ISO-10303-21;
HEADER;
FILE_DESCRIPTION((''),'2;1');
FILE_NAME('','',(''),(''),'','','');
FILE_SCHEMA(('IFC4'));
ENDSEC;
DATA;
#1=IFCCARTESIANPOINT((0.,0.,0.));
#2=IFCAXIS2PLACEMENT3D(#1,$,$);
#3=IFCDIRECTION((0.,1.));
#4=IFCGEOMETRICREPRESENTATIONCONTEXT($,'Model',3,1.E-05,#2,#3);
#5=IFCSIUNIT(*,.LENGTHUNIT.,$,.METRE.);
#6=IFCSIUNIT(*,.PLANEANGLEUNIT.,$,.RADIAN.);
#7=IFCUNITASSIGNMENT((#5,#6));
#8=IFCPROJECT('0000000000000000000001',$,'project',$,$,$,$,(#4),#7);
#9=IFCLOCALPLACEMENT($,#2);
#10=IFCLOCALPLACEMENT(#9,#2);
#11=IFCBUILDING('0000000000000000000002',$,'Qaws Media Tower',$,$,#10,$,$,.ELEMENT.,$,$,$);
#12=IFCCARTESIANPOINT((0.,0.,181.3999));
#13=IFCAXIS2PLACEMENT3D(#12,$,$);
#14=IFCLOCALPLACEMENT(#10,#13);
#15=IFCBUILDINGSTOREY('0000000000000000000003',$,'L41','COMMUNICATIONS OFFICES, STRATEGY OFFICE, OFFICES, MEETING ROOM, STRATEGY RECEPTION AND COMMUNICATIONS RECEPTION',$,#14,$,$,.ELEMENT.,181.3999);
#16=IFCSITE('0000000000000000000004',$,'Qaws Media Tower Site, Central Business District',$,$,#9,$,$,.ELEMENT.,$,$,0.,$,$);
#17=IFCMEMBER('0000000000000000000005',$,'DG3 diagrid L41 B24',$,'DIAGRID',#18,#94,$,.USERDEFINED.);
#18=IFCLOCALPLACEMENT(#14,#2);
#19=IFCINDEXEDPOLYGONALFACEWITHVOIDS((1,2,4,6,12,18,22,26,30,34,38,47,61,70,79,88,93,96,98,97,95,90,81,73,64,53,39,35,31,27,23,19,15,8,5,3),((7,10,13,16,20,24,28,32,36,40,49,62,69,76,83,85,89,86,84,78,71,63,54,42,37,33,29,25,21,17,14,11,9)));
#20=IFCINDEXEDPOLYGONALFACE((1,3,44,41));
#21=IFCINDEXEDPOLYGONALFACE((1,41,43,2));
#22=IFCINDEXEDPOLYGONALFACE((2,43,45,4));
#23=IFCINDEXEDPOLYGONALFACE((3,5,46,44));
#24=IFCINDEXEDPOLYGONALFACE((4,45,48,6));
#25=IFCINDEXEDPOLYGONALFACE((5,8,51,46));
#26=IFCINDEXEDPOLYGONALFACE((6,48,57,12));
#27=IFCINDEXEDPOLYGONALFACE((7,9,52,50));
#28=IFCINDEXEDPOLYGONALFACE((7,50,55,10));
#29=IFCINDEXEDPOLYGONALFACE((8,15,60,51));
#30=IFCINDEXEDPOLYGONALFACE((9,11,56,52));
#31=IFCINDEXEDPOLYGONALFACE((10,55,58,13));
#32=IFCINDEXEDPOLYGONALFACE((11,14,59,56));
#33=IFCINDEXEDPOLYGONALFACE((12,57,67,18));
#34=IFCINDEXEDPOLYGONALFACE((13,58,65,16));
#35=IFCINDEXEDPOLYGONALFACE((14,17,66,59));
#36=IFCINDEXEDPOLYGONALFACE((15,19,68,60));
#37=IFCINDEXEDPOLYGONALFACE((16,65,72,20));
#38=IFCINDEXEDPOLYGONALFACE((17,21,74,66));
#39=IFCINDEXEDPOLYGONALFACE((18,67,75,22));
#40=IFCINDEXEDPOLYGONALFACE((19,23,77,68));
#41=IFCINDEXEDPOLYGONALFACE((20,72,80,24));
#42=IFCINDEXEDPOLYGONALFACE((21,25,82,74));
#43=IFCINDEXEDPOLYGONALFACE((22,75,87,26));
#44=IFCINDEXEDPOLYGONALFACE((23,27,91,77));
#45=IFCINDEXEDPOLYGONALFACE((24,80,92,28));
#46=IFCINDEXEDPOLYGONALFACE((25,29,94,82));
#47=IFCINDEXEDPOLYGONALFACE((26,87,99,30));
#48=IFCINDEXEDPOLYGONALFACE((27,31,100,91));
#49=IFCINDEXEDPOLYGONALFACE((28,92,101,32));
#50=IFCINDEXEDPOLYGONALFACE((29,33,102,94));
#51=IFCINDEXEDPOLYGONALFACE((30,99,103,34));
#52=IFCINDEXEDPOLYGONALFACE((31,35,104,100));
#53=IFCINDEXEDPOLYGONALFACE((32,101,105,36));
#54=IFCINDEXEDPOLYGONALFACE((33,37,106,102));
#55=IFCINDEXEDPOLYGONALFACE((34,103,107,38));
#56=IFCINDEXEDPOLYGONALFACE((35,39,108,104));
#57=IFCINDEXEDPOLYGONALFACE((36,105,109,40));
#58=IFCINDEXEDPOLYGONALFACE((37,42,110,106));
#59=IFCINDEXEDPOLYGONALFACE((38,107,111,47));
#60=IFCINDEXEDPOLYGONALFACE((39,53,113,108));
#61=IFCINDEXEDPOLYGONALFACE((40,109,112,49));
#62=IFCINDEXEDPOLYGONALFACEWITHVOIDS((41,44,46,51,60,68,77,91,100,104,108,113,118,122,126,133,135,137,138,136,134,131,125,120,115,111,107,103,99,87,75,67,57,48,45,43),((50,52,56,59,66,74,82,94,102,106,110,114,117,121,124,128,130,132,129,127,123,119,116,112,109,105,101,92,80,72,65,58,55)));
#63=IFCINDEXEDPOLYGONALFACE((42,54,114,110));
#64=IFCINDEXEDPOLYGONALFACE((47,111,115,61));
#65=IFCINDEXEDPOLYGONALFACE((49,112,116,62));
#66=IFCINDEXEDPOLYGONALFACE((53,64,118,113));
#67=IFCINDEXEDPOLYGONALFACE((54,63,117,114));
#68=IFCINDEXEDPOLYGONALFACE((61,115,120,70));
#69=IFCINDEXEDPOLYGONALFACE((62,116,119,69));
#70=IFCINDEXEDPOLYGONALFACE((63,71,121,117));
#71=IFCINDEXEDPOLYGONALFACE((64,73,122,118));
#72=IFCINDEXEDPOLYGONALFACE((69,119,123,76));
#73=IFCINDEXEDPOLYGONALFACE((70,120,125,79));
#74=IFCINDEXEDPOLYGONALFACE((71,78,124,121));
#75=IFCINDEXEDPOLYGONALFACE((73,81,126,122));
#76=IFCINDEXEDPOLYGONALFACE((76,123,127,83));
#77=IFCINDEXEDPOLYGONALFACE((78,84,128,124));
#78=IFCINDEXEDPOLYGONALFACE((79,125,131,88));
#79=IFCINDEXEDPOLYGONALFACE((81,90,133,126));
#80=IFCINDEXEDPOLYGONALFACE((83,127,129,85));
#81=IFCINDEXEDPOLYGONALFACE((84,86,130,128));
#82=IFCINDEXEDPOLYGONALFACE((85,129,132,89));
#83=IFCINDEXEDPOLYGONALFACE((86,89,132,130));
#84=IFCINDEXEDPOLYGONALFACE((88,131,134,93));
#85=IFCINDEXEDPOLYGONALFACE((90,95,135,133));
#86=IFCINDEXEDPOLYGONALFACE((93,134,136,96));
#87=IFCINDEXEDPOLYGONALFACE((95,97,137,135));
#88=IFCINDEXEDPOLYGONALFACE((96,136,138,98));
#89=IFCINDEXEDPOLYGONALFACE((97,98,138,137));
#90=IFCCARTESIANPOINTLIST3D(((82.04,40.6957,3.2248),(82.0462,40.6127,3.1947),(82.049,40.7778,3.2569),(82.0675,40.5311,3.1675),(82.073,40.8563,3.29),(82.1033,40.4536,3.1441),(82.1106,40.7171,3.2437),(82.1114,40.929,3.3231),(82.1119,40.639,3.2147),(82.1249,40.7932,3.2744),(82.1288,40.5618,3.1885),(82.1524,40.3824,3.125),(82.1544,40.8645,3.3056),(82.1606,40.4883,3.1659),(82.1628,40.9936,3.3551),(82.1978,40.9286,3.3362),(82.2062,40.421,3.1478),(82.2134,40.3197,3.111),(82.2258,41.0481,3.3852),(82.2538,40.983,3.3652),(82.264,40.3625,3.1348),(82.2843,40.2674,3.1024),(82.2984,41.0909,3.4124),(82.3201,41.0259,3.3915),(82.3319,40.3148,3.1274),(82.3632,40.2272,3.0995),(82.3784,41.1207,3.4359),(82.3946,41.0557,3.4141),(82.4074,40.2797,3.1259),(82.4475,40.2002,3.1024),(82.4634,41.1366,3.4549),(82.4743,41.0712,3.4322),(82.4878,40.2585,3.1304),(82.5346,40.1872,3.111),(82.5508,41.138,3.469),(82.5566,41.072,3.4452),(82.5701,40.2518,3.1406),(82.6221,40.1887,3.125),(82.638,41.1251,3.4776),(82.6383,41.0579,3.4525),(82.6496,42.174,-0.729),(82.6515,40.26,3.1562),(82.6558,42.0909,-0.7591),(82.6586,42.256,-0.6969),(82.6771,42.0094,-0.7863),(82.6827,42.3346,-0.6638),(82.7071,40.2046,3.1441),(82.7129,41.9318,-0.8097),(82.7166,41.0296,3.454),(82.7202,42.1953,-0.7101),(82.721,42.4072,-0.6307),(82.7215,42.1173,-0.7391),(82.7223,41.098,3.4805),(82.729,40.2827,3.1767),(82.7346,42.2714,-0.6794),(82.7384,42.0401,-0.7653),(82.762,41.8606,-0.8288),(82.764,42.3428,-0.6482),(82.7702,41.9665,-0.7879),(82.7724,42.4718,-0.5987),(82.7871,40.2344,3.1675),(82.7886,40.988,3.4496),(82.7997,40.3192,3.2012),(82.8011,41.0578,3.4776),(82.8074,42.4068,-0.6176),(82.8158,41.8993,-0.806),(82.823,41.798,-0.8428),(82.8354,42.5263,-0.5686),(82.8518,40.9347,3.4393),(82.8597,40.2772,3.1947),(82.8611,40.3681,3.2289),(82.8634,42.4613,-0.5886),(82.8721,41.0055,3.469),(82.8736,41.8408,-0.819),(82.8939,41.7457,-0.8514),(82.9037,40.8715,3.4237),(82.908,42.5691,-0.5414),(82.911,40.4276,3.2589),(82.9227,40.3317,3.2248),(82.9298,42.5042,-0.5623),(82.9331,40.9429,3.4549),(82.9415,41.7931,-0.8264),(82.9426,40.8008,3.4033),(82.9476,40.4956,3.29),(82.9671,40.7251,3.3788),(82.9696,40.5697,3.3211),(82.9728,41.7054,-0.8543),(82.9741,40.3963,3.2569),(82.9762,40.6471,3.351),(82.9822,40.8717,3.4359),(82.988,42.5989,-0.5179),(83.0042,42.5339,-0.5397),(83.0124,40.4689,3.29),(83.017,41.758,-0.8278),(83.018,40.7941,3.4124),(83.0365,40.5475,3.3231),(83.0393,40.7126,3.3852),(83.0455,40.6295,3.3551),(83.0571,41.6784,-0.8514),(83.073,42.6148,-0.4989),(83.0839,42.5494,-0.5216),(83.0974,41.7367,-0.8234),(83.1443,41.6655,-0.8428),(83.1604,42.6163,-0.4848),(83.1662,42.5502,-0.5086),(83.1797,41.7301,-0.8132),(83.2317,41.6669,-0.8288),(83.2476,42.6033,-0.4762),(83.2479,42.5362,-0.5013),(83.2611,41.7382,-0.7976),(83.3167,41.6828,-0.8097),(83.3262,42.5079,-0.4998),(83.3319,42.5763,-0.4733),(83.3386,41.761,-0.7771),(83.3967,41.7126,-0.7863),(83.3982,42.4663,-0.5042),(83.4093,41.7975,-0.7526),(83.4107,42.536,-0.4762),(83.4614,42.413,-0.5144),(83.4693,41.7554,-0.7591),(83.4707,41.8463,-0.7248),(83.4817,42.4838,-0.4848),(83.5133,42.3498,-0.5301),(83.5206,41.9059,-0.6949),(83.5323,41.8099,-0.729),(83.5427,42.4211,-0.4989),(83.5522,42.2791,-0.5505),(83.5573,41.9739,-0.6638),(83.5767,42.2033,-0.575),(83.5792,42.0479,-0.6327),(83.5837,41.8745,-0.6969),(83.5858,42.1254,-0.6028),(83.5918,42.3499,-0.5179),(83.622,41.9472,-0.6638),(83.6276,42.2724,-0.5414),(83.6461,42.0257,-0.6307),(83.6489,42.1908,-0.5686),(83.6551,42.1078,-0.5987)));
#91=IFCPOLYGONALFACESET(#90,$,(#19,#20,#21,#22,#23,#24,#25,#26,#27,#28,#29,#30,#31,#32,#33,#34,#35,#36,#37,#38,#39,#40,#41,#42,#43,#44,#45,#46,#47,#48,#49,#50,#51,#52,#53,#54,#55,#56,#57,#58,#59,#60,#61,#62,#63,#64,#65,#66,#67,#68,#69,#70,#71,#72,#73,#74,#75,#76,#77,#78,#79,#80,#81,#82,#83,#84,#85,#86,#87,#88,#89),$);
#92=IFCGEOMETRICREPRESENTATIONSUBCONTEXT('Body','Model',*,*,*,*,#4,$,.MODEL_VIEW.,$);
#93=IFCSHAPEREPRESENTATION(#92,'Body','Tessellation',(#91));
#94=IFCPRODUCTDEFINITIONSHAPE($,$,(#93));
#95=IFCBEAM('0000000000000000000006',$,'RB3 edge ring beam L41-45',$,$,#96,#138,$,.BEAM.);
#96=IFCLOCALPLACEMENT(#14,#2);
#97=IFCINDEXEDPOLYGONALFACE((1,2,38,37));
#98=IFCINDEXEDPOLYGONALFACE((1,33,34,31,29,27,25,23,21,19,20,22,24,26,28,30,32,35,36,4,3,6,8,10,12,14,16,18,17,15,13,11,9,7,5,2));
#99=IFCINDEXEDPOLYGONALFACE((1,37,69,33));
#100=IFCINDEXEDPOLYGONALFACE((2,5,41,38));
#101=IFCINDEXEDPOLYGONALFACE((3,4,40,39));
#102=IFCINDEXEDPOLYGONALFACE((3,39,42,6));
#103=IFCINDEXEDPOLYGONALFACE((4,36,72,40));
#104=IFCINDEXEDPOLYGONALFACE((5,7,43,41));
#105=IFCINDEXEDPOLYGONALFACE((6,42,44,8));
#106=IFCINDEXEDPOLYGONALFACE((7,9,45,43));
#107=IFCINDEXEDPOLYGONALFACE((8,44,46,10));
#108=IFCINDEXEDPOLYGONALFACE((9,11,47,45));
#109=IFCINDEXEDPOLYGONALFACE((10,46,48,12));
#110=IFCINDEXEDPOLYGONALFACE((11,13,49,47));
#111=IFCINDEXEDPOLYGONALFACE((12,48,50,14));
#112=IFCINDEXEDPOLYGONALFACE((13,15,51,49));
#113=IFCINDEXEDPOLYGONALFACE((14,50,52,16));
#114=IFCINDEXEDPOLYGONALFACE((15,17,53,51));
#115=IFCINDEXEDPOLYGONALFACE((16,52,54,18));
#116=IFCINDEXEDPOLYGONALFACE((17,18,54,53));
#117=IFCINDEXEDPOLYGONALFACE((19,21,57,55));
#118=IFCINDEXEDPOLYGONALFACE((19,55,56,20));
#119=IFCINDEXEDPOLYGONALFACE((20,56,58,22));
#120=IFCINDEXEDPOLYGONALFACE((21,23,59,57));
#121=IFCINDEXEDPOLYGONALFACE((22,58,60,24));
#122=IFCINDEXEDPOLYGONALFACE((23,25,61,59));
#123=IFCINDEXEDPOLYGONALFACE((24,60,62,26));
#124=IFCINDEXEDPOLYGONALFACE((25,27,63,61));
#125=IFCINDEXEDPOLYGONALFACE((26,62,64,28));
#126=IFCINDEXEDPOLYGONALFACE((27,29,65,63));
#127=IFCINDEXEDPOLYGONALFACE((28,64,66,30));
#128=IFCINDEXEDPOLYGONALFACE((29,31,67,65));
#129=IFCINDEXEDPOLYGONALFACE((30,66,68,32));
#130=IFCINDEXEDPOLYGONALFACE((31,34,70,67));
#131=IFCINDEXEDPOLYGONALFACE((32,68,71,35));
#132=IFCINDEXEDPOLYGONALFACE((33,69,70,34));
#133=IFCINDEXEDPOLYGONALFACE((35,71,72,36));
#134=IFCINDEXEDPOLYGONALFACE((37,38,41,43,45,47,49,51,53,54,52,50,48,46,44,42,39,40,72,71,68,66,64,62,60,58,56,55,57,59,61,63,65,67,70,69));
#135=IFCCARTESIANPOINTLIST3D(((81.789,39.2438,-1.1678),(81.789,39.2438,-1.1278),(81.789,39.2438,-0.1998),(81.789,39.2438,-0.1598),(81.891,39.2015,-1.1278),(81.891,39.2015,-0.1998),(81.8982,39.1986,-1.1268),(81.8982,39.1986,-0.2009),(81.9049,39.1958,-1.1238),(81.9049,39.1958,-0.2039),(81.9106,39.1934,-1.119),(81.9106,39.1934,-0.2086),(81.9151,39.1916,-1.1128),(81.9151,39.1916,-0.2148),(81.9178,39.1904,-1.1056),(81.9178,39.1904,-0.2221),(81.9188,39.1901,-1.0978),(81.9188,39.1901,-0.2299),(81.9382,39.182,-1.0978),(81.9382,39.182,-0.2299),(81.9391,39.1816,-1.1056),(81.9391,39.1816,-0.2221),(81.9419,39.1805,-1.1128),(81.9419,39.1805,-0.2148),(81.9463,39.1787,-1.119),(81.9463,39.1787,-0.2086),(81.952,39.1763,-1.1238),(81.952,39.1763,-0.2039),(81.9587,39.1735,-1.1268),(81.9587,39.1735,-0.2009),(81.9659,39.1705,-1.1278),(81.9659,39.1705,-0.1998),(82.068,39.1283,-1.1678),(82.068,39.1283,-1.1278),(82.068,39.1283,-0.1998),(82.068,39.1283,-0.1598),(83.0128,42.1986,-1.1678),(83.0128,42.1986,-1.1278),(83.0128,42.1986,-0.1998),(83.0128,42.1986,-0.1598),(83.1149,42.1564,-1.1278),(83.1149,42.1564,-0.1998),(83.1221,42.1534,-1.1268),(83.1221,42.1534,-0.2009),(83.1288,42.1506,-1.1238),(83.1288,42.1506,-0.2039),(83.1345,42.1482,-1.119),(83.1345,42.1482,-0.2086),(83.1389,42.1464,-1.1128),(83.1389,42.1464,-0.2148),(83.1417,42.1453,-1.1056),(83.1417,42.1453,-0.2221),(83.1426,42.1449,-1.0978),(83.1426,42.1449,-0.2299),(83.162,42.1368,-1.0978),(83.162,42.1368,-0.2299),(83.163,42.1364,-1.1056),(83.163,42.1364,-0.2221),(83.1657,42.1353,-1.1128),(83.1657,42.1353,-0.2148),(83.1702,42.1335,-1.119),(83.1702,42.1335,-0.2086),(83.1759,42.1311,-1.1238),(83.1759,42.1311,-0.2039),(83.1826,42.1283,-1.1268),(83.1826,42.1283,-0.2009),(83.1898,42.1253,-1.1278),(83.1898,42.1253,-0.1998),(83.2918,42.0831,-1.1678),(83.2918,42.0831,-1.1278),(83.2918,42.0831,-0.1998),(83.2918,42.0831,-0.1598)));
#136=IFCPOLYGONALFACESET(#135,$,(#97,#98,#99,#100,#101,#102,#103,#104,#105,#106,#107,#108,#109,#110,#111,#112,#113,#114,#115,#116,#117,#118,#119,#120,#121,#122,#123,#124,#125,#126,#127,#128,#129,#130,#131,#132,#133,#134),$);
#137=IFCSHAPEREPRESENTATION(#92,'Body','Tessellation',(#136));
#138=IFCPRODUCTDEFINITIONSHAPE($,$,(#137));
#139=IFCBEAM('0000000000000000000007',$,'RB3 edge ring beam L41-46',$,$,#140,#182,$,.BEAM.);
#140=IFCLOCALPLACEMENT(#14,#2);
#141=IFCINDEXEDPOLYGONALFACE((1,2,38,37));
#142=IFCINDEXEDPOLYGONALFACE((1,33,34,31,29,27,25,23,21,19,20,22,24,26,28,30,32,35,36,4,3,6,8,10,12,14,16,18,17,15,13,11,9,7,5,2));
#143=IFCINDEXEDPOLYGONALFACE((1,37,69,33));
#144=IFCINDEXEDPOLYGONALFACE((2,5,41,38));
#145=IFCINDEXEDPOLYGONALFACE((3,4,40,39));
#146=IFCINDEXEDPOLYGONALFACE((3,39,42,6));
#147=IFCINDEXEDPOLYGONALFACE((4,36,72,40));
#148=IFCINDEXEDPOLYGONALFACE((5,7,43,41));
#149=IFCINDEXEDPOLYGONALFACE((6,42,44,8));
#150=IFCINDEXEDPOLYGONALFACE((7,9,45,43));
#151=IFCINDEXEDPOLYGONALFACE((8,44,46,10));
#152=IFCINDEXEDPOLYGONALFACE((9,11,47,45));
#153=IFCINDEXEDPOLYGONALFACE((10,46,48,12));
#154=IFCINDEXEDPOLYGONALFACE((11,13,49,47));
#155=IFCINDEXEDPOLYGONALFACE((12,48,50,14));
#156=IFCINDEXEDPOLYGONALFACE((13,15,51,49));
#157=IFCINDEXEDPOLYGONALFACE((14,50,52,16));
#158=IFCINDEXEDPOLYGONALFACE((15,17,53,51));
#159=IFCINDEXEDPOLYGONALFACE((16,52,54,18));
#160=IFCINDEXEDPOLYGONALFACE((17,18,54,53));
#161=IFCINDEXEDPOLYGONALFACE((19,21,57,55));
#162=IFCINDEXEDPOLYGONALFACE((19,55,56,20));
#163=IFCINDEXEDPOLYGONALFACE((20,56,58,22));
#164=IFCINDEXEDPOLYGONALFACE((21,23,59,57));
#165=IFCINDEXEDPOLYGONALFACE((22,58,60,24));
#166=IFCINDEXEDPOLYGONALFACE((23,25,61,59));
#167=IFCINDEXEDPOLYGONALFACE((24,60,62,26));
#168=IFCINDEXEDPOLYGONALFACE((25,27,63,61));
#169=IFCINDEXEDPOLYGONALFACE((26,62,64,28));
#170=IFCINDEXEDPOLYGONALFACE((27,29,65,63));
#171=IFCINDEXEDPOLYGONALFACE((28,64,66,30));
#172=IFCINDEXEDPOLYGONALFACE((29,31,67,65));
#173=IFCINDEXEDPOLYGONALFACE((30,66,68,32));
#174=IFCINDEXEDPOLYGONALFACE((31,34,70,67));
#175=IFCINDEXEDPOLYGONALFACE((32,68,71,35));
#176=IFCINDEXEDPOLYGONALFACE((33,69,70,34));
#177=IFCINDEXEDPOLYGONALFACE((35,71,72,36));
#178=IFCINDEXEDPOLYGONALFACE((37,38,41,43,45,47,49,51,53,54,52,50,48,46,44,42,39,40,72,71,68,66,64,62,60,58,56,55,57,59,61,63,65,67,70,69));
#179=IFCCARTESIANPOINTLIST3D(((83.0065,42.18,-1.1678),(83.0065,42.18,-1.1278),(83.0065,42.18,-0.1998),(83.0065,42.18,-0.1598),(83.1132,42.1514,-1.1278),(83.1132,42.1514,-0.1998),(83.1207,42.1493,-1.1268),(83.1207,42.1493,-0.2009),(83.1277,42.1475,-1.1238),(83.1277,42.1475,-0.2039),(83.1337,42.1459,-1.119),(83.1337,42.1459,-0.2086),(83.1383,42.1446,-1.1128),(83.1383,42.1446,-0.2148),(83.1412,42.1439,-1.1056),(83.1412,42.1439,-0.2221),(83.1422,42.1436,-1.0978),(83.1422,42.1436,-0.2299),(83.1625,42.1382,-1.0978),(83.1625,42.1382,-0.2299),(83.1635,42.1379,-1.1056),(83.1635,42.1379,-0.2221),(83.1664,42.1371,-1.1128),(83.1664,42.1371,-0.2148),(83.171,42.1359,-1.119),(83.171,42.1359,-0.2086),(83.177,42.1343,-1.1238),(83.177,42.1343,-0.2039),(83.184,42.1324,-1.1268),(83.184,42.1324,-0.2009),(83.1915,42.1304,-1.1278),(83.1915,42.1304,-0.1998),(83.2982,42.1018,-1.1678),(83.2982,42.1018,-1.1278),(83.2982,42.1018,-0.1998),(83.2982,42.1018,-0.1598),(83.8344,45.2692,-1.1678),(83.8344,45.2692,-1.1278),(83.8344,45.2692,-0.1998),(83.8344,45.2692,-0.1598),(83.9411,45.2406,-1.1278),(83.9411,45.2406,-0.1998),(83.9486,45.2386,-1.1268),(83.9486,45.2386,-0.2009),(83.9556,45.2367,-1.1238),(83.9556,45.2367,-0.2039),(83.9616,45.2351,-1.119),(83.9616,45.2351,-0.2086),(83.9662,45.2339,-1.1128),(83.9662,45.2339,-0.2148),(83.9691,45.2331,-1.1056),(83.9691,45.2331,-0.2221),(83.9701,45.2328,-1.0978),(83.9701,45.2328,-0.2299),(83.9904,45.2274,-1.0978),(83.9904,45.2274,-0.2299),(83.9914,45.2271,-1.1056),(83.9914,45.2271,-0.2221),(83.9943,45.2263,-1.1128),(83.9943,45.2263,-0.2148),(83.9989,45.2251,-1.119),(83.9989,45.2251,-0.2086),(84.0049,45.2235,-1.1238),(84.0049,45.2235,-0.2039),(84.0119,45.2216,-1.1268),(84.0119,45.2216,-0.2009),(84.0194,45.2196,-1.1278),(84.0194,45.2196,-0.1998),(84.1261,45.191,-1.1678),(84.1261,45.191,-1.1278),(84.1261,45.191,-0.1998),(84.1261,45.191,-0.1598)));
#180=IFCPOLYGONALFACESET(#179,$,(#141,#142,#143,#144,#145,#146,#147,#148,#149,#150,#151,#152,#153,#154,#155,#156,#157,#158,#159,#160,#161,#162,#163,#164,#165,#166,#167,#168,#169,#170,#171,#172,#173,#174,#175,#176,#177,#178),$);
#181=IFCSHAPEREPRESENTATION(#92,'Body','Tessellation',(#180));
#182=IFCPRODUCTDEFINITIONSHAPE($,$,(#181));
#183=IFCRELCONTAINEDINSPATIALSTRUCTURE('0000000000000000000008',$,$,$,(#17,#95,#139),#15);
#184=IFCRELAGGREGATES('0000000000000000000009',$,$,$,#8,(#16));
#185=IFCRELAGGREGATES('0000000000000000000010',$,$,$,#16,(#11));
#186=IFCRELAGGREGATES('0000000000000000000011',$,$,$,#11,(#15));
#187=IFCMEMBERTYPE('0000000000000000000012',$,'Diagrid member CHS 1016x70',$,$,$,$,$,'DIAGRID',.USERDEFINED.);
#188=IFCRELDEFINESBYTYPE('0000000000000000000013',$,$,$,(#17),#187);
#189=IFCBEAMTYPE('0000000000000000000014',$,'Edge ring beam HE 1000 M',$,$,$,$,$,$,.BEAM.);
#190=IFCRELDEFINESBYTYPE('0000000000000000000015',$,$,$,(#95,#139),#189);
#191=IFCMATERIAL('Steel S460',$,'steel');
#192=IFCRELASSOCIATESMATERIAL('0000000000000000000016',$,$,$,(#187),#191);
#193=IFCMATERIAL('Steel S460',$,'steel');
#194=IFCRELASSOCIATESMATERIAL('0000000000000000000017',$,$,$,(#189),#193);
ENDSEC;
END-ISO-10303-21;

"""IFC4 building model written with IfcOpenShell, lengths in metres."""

from ifc_helpers import new_model, si_unit, direction, frame, origin, origin_2d, place, context, subcontext, project, spatial, hollow_circle, i_section, extrude, material, material_profile, profile_set, type_object, element, save


model = new_model("IFC4")

# Units and contexts
model_context = context("Model", 3, precision=1e-05, world=origin(), true_north=direction((0.0, 1.0)))
body_context = subcontext(model_context, "Body", "Model", "MODEL_VIEW")
ifc_project = project(units=[si_unit("LENGTHUNIT", "METRE"), si_unit("PLANEANGLEUNIT", "RADIAN")], contexts=[model_context])

# Site, building, storey
site_placement = place(None, origin())
site = spatial("IfcSite", under=ifc_project, at=site_placement, Name="Qaws Media Tower Site, Central Business District", CompositionType="ELEMENT", RefElevation=0.0)
building_placement = place(site_placement, origin())
building = spatial("IfcBuilding", under=site, at=building_placement, Name="Qaws Media Tower", CompositionType="ELEMENT")
storey_placement = place(building_placement, frame((0.0, 0.0, 181.3999)))
storey = spatial("IfcBuildingStorey", under=building, at=storey_placement, Name="L41", Description="COMMUNICATIONS OFFICES, STRATEGY OFFICE, OFFICES, MEETING ROOM, STRATEGY RECEPTION AND COMMUNICATIONS RECEPTION", CompositionType="ELEMENT", Elevation=181.3999)

# Member
ifc_material_1 = material(Name="Steel S460", Category="steel")
ifc_material_profile_1 = material_profile(ifc_material_1, hollow_circle(Radius=0.5081, WallThickness=0.0701, at=origin_2d()), Name="CHS 1016x70")
ifc_profile_set_1 = profile_set([ifc_material_profile_1], Name="Steel S460")
member_type_1 = type_object("IfcMemberType", Name="Diagrid member CHS 1016x70", ElementType="DIAGRID", PredefinedType="USERDEFINED", material=ifc_profile_set_1)
member_1_placement = place(storey_placement, frame((83.1523, 42.1409, -0.6638), z_axis=(-0.142937, -0.346608, 0.927055), x_axis=(0.924476, -0.381241, 0.0)))
element("IfcMember", 1, at=member_1_placement, inside=storey, type_object=member_type_1, Name="DG3 diagrid L41 B24", ObjectType="DIAGRID", PredefinedType="USERDEFINED", context=body_context, shape_type="SweptSolid", body=[
    extrude(hollow_circle(Radius=0.5081, WallThickness=0.0701, at=origin_2d()), origin(), (0.0, 0.0, 1.0), 4.2649),
])

# Beams
ifc_material_2 = material(Name="Steel S460", Category="steel")
ifc_material_profile_2 = material_profile(ifc_material_2, i_section(OverallWidth=0.302, OverallDepth=1.0081, WebThickness=0.021, FlangeThickness=0.04, FilletRadius=0.03, at=origin_2d()), Name="HE 1000 M")
ifc_profile_set_2 = profile_set([ifc_material_profile_2], Name="Steel S460")
beam_type_1 = type_object("IfcBeamType", Name="Edge ring beam HE 1000 M", PredefinedType="BEAM", material=ifc_profile_set_2)
for number, where, z_axis, x_axis, name in (
    (2, (81.9285, 39.186, -0.6638), (0.382669, 0.923886, 0.0), (-0.923886, 0.382669, 0.0), "RB3 edge ring beam L41-45"),
    (3, (83.1523, 42.1409, -0.6638), (0.258865, 0.965914, 0.0), (-0.965914, 0.258865, 0.0), "RB3 edge ring beam L41-46"),
):
    element("IfcBeam", number, at=place(storey_placement, frame(where, z_axis=z_axis, x_axis=x_axis)), inside=storey, type_object=beam_type_1, Name=name, PredefinedType="BEAM", context=body_context, shape_type="SweptSolid", body=[
        extrude(i_section(OverallWidth=0.302, OverallDepth=1.0081, WebThickness=0.021, FlangeThickness=0.04, FilletRadius=0.03, at=origin_2d()), origin(), (0.0, 0.0, 1.0), 3.1982),
    ])

save(model, "model.ifc")
